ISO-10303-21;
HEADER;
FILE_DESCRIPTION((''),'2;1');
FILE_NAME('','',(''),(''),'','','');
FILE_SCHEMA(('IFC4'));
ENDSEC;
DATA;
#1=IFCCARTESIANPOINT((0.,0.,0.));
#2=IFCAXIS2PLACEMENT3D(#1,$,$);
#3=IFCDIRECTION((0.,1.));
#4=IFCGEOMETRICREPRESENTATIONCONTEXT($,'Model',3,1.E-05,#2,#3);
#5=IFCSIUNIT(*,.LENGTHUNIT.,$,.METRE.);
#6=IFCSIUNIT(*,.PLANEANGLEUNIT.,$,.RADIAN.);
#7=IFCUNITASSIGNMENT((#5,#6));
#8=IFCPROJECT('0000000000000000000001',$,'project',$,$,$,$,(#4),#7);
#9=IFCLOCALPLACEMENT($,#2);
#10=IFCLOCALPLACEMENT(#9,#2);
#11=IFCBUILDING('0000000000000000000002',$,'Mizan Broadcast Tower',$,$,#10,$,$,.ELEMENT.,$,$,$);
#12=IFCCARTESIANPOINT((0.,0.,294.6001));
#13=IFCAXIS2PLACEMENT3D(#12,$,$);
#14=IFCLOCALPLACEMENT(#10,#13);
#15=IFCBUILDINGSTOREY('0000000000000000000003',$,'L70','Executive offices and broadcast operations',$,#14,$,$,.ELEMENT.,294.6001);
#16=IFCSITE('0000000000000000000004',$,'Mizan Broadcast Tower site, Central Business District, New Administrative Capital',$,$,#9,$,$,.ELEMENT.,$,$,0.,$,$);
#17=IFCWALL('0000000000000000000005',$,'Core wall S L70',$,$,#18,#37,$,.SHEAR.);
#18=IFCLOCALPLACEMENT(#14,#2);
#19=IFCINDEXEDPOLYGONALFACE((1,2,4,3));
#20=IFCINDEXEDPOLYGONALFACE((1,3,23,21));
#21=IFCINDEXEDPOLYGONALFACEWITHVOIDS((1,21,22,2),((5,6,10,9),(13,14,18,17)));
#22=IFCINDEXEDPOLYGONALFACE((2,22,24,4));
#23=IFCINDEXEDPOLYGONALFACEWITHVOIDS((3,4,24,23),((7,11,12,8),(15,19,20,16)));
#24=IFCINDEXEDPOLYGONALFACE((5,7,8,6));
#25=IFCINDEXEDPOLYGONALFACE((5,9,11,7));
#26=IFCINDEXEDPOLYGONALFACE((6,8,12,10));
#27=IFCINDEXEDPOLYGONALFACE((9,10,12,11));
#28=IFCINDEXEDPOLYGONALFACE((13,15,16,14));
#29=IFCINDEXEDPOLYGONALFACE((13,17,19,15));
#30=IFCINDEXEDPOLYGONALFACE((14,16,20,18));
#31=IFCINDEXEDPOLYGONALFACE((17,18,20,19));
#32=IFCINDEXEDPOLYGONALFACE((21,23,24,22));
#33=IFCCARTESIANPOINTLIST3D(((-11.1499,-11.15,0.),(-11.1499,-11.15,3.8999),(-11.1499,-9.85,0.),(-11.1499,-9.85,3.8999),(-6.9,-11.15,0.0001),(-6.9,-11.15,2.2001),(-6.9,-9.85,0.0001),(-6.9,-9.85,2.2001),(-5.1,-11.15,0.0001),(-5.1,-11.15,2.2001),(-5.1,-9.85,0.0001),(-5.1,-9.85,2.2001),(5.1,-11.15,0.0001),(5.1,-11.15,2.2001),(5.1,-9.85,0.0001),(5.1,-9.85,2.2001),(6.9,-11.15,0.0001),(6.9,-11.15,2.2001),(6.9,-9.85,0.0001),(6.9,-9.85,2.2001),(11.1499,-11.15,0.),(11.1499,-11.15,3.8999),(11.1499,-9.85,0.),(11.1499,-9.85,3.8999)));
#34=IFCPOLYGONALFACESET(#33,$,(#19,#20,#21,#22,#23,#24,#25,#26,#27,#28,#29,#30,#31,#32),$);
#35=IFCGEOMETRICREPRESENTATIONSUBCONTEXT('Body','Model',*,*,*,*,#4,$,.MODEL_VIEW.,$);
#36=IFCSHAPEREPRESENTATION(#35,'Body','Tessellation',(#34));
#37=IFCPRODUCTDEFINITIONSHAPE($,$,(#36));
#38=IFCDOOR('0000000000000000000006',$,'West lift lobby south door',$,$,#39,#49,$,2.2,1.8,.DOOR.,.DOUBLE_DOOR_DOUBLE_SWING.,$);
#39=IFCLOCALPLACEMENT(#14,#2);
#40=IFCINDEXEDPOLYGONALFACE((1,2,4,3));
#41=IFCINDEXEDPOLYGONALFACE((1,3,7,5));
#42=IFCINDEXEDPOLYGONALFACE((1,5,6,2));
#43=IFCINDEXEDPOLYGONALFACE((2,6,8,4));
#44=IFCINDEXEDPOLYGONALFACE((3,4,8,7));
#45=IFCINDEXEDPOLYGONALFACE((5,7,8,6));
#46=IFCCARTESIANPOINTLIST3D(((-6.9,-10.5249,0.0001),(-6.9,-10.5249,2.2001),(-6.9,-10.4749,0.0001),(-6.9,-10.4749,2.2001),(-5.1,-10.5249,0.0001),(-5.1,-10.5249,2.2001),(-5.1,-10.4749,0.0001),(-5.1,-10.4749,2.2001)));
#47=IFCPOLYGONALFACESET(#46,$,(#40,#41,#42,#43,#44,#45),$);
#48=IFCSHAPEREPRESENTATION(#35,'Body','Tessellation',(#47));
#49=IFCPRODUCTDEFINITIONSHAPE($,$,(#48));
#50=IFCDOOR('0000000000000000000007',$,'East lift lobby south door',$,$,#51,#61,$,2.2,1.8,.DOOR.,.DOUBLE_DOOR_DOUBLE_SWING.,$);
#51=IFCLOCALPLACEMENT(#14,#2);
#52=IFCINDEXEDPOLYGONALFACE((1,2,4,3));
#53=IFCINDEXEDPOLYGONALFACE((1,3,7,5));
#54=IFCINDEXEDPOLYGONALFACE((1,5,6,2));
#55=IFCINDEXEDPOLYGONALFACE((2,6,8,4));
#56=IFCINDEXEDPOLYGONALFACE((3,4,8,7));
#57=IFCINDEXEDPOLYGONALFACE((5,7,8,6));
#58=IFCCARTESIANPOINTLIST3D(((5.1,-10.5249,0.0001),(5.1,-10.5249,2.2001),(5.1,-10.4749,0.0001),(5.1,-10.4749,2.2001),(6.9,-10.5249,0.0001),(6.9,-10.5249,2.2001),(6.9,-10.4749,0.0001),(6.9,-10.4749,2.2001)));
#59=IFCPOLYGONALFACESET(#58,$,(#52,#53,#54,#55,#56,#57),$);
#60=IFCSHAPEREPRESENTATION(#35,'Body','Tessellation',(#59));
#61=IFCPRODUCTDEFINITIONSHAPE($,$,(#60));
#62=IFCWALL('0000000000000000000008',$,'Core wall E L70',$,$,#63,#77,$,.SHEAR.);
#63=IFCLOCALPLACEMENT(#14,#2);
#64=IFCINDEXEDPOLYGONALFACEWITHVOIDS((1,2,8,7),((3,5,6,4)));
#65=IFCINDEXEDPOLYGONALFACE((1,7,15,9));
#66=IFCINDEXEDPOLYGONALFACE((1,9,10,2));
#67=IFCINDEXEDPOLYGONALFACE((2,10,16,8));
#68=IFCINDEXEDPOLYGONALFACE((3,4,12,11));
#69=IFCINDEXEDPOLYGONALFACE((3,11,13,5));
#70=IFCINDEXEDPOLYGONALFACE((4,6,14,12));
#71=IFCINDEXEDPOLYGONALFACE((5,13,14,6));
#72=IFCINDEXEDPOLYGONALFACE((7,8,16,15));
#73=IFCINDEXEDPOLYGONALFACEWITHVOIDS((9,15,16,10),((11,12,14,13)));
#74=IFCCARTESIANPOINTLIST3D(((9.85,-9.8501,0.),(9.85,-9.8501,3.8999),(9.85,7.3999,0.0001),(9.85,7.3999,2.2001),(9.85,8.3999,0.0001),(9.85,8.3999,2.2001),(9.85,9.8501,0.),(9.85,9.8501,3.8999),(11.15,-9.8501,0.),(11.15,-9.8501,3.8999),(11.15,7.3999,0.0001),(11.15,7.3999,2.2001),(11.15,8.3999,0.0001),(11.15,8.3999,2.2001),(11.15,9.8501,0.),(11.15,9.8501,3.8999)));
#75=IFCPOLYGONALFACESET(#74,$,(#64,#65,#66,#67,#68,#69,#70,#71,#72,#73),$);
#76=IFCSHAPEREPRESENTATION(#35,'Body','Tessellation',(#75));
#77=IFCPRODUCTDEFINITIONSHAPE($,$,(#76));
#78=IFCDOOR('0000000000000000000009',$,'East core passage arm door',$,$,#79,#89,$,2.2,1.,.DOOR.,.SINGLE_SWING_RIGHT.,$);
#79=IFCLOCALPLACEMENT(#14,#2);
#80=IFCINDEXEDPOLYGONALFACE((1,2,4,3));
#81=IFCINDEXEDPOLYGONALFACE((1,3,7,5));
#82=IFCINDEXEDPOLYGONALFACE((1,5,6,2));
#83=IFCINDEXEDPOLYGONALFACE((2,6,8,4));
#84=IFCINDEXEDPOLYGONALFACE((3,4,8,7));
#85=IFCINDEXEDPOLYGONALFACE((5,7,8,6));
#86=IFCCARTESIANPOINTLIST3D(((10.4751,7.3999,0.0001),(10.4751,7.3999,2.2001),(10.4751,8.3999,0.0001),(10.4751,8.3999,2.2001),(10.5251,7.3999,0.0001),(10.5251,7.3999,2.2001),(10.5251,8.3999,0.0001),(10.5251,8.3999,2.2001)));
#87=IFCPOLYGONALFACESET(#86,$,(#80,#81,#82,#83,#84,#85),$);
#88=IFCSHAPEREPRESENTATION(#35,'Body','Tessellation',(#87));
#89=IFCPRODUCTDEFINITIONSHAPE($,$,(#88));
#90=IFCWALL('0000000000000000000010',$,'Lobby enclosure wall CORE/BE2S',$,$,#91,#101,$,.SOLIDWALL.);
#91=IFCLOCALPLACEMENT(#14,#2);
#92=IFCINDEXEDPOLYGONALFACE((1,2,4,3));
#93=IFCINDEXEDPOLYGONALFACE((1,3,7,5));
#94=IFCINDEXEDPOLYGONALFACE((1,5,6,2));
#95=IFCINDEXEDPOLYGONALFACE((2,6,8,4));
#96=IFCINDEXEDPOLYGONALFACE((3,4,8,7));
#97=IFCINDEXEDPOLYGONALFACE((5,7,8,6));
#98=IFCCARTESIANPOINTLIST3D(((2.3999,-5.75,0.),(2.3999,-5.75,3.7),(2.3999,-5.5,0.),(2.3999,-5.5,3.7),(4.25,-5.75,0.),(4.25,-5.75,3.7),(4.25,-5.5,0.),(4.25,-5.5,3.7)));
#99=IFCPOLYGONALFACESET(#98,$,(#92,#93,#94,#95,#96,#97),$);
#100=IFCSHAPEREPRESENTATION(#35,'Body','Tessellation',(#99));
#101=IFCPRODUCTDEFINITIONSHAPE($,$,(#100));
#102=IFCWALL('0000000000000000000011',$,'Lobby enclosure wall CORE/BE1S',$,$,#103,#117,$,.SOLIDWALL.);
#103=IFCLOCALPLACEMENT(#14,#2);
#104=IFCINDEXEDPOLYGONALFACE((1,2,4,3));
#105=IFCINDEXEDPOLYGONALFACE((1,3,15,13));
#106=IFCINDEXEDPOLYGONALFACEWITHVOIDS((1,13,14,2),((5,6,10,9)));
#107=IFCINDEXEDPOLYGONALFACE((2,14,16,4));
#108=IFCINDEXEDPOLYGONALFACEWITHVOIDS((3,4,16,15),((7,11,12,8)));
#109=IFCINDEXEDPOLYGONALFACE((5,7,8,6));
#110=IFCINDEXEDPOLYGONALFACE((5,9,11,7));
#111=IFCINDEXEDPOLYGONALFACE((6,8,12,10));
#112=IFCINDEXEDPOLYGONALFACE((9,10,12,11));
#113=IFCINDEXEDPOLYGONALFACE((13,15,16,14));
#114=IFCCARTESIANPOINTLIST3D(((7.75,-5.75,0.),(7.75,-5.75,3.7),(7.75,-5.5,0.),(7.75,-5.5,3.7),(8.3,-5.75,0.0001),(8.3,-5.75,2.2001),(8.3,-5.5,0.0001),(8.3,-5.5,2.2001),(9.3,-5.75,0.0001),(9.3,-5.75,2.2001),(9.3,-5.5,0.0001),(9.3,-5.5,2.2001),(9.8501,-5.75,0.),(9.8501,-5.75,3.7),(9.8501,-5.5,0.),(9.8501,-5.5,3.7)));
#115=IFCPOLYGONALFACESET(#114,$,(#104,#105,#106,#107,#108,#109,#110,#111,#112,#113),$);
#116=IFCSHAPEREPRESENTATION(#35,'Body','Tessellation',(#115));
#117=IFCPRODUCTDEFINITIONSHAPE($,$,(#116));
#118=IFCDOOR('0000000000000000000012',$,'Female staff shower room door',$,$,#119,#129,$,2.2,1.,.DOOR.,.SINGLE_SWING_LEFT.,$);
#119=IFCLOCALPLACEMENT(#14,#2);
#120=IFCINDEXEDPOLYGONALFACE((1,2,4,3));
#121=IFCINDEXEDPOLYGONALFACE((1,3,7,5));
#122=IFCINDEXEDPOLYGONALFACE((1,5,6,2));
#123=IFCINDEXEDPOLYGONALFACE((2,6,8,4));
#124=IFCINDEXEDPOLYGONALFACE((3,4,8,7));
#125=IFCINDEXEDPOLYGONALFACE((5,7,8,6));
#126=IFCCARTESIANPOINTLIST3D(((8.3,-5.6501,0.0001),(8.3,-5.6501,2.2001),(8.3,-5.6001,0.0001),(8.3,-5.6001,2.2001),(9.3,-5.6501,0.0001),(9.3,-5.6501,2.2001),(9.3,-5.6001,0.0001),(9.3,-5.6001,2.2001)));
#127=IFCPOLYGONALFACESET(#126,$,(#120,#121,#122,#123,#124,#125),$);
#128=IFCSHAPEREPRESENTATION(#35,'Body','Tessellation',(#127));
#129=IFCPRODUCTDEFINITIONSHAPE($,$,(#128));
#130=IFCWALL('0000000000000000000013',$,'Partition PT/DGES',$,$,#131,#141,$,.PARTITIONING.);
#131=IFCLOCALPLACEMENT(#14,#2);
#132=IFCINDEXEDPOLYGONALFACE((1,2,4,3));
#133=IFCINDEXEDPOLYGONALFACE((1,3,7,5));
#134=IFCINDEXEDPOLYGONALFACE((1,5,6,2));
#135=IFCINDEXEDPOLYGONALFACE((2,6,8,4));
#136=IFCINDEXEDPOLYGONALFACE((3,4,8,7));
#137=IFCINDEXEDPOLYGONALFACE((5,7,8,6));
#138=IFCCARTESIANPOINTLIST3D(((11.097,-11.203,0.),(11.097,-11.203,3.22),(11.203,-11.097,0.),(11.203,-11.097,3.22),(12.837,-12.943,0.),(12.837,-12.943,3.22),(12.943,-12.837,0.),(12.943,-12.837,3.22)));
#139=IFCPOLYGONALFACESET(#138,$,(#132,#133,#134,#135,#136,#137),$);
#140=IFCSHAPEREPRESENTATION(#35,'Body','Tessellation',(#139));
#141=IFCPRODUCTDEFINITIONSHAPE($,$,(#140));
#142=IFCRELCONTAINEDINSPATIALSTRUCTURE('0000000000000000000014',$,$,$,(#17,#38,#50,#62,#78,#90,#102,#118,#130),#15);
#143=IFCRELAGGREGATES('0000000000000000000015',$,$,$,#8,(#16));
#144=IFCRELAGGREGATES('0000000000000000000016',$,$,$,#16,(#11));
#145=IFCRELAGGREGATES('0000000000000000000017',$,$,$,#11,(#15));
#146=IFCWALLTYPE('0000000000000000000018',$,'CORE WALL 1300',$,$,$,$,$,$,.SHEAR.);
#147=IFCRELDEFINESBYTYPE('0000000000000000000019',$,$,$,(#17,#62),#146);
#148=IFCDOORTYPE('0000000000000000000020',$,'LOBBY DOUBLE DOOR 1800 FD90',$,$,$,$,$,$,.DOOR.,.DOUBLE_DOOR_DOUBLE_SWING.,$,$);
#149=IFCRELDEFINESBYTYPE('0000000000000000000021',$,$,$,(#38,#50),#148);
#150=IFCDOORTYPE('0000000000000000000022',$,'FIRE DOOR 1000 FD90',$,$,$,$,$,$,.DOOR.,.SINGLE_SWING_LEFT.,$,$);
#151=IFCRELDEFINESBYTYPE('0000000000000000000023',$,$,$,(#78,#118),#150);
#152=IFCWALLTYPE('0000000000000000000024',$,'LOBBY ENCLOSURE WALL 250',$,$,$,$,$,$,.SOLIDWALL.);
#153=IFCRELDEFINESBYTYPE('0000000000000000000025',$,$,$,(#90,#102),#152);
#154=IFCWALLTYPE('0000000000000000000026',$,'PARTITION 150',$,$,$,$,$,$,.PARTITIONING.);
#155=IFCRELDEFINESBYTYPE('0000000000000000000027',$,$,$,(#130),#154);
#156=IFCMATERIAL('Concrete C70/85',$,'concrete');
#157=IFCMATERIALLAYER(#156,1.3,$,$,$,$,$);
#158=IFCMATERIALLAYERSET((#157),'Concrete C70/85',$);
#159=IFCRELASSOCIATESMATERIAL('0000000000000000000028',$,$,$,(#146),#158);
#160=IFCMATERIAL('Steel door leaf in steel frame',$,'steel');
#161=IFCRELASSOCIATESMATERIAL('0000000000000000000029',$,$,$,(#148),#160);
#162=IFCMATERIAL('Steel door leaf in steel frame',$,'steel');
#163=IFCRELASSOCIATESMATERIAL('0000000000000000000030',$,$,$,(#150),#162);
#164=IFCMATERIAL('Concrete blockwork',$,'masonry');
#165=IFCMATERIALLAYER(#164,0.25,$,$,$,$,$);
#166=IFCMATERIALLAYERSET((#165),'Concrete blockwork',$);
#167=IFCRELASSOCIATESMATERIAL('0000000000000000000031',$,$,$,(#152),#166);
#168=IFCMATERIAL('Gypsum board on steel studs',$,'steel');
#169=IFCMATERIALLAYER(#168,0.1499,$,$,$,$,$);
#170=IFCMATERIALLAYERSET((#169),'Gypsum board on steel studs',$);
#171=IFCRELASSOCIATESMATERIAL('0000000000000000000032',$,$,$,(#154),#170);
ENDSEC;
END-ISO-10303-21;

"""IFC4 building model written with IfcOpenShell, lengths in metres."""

from ifc_helpers import new_model, si_unit, direction, frame, frame_2d, origin, place, context, subcontext, project, spatial, rectangle, extrude, material, layer, layer_set, type_object, element, fill, save


model = new_model("IFC4")

# Units and contexts
model_context = context("Model", 3, precision=1e-05, world=origin(), true_north=direction((0.0, 1.0)))
body_context = subcontext(model_context, "Body", "Model", "MODEL_VIEW")
ifc_project = project(units=[si_unit("LENGTHUNIT", "METRE"), si_unit("PLANEANGLEUNIT", "RADIAN")], contexts=[model_context])

# Site, building, storey
site_placement = place(None, origin())
site = spatial("IfcSite", under=ifc_project, at=site_placement, Name="Mizan Broadcast Tower site, Central Business District, New Administrative Capital", CompositionType="ELEMENT", RefElevation=0.0)
building_placement = place(site_placement, origin())
building = spatial("IfcBuilding", under=site, at=building_placement, Name="Mizan Broadcast Tower", CompositionType="ELEMENT")
storey_placement = place(building_placement, frame((0.0, 0.0, 294.6001)))
storey = spatial("IfcBuildingStorey", under=building, at=storey_placement, Name="L70", Description="Executive offices and broadcast operations", CompositionType="ELEMENT", Elevation=294.6001)

# Wall, openings, doors
ifc_material_1 = material(Name="Concrete C70/85", Category="concrete")
ifc_layer_1 = layer(ifc_material_1, 1.3)
ifc_layer_set_1 = layer_set([ifc_layer_1], Name="Concrete C70/85")
wall_type_1 = type_object("IfcWallType", Name="CORE WALL 1300", PredefinedType="SHEAR", material=ifc_layer_set_1)
wall_1_placement = place(storey_placement, frame((11.1499, -10.5, 0.0), z_axis=(0.0, 0.0, 1.0), x_axis=(-1.0, 0.0, 0.0)))
wall_1 = element("IfcWall", 1, at=wall_1_placement, inside=storey, type_object=wall_type_1, Name="Core wall S L70", PredefinedType="SHEAR", context=body_context, shape_type="SweptSolid", body=[
    extrude(rectangle(XDim=22.2998, YDim=1.3, at=frame_2d((11.1499, 0.0))), origin(), (0.0, 0.0, 1.0), 3.8999),
])
opening_1_placement = place(wall_1_placement, frame((16.25, 0.0, 0.0)))
opening_1 = element("IfcOpeningElement", 2, at=opening_1_placement, cuts=wall_1, PredefinedType="OPENING", context=body_context, shape_type="SweptSolid", body=[
    extrude(rectangle(XDim=1.8, YDim=2.2, at=frame_2d((0.8999, 1.1001))), frame((0.0, 0.6599, 0.0), z_axis=(0.0, -1.0, 0.0), x_axis=(1.0, 0.0, 0.0)), (0.0, 0.0, 1.0), 1.3201),
])
opening_2_placement = place(wall_1_placement, frame((4.25, 0.0, 0.0)))
opening_2 = element("IfcOpeningElement", 3, at=opening_2_placement, cuts=wall_1, PredefinedType="OPENING", context=body_context, shape_type="SweptSolid", body=[
    extrude(rectangle(XDim=1.8, YDim=2.2, at=frame_2d((0.8999, 1.1001))), frame((0.0, 0.6599, 0.0), z_axis=(0.0, -1.0, 0.0), x_axis=(1.0, 0.0, 0.0)), (0.0, 0.0, 1.0), 1.3201),
])
ifc_material_2 = material(Name="Steel door leaf in steel frame", Category="steel")
door_type_1 = type_object("IfcDoorType", Name="LOBBY DOUBLE DOOR 1800 FD90", OperationType="DOUBLE_DOOR_DOUBLE_SWING", PredefinedType="DOOR", material=ifc_material_2)
door_1_placement = place(opening_1_placement, origin())
door_1 = element("IfcDoor", 4, at=door_1_placement, inside=storey, type_object=door_type_1, Name="West lift lobby south door", OperationType="DOUBLE_DOOR_DOUBLE_SWING", OverallHeight=2.2, OverallWidth=1.8, PredefinedType="DOOR", context=body_context, shape_type="SweptSolid", body=[
    extrude(rectangle(XDim=1.8, YDim=2.2, at=frame_2d((0.8999, 1.1001))), frame((0.0, 0.0249, 0.0), z_axis=(0.0, -1.0, 0.0), x_axis=(1.0, 0.0, 0.0)), (0.0, 0.0, 1.0), 0.05),
])
fill(opening_1, door_1)
door_2_placement = place(opening_2_placement, origin())
door_2 = element("IfcDoor", 5, at=door_2_placement, inside=storey, type_object=door_type_1, Name="East lift lobby south door", OperationType="DOUBLE_DOOR_DOUBLE_SWING", OverallHeight=2.2, OverallWidth=1.8, PredefinedType="DOOR", context=body_context, shape_type="SweptSolid", body=[
    extrude(rectangle(XDim=1.8, YDim=2.2, at=frame_2d((0.8999, 1.1001))), frame((0.0, 0.0249, 0.0), z_axis=(0.0, -1.0, 0.0), x_axis=(1.0, 0.0, 0.0)), (0.0, 0.0, 1.0), 0.05),
])
fill(opening_2, door_2)

# Wall, opening, door
wall_2_placement = place(storey_placement, frame((10.5, -9.8501, 0.0), z_axis=(0.0, 0.0, 1.0), x_axis=(0.0, 1.0, 0.0)))
wall_2 = element("IfcWall", 6, at=wall_2_placement, inside=storey, type_object=wall_type_1, Name="Core wall E L70", PredefinedType="SHEAR", context=body_context, shape_type="SweptSolid", body=[
    extrude(rectangle(XDim=19.7002, YDim=1.3, at=frame_2d((9.8501, 0.0))), origin(), (0.0, 0.0, 1.0), 3.8999),
])
opening_3_placement = place(wall_2_placement, frame((17.25, 0.0, 0.0)))
opening_3 = element("IfcOpeningElement", 7, at=opening_3_placement, cuts=wall_2, PredefinedType="OPENING", context=body_context, shape_type="SweptSolid", body=[
    extrude(rectangle(XDim=1.0, YDim=2.2, at=frame_2d((0.5, 1.1001))), frame((0.0, 0.6599, 0.0), z_axis=(0.0, -1.0, 0.0), x_axis=(1.0, 0.0, 0.0)), (0.0, 0.0, 1.0), 1.3201),
])
ifc_material_3 = material(Name="Steel door leaf in steel frame", Category="steel")
door_type_2 = type_object("IfcDoorType", Name="FIRE DOOR 1000 FD90", OperationType="SINGLE_SWING_LEFT", PredefinedType="DOOR", material=ifc_material_3)
door_3_placement = place(opening_3_placement, origin())
door_3 = element("IfcDoor", 8, at=door_3_placement, inside=storey, type_object=door_type_2, Name="East core passage arm door", OperationType="SINGLE_SWING_RIGHT", OverallHeight=2.2, OverallWidth=1.0, PredefinedType="DOOR", context=body_context, shape_type="SweptSolid", body=[
    extrude(rectangle(XDim=1.0, YDim=2.2, at=frame_2d((0.5, 1.1001))), frame((0.0, 0.0249, 0.0), z_axis=(0.0, -1.0, 0.0), x_axis=(1.0, 0.0, 0.0)), (0.0, 0.0, 1.0), 0.05),
])
fill(opening_3, door_3)

# Wall
ifc_material_4 = material(Name="Concrete blockwork", Category="masonry")
ifc_layer_2 = layer(ifc_material_4, 0.25)
ifc_layer_set_2 = layer_set([ifc_layer_2], Name="Concrete blockwork")
wall_type_2 = type_object("IfcWallType", Name="LOBBY ENCLOSURE WALL 250", PredefinedType="SOLIDWALL", material=ifc_layer_set_2)
wall_3_placement = place(storey_placement, frame((2.3999, -5.625, 0.0), z_axis=(0.0, 0.0, 1.0), x_axis=(1.0, 0.0, 0.0)))
element("IfcWall", 9, at=wall_3_placement, inside=storey, type_object=wall_type_2, Name="Lobby enclosure wall CORE/BE2S", PredefinedType="SOLIDWALL", context=body_context, shape_type="SweptSolid", body=[
    extrude(rectangle(XDim=1.8501, YDim=0.25, at=frame_2d((0.925, 0.0))), origin(), (0.0, 0.0, 1.0), 3.7),
])

# Wall, opening, door
wall_4_placement = place(storey_placement, frame((7.75, -5.625, 0.0), z_axis=(0.0, 0.0, 1.0), x_axis=(1.0, 0.0, 0.0)))
wall_4 = element("IfcWall", 10, at=wall_4_placement, inside=storey, type_object=wall_type_2, Name="Lobby enclosure wall CORE/BE1S", PredefinedType="SOLIDWALL", context=body_context, shape_type="SweptSolid", body=[
    extrude(rectangle(XDim=2.1001, YDim=0.25, at=frame_2d((1.05, 0.0))), origin(), (0.0, 0.0, 1.0), 3.7),
])
opening_4_placement = place(wall_4_placement, frame((0.55, 0.0, 0.0)))
opening_4 = element("IfcOpeningElement", 11, at=opening_4_placement, cuts=wall_4, PredefinedType="OPENING", context=body_context, shape_type="SweptSolid", body=[
    extrude(rectangle(XDim=1.0, YDim=2.2, at=frame_2d((0.5, 1.1001))), frame((0.0, 0.135, 0.0), z_axis=(0.0, -1.0, 0.0), x_axis=(1.0, 0.0, 0.0)), (0.0, 0.0, 1.0), 0.27),
])
door_4_placement = place(opening_4_placement, origin())
door_4 = element("IfcDoor", 12, at=door_4_placement, inside=storey, type_object=door_type_2, Name="Female staff shower room door", OperationType="SINGLE_SWING_LEFT", OverallHeight=2.2, OverallWidth=1.0, PredefinedType="DOOR", context=body_context, shape_type="SweptSolid", body=[
    extrude(rectangle(XDim=1.0, YDim=2.2, at=frame_2d((0.5, 1.1001))), frame((0.0, 0.0249, 0.0), z_axis=(0.0, -1.0, 0.0), x_axis=(1.0, 0.0, 0.0)), (0.0, 0.0, 1.0), 0.05),
])
fill(opening_4, door_4)

# Wall
ifc_material_5 = material(Name="Gypsum board on steel studs", Category="steel")
ifc_layer_3 = layer(ifc_material_5, 0.1499)
ifc_layer_set_3 = layer_set([ifc_layer_3], Name="Gypsum board on steel studs")
wall_type_3 = type_object("IfcWallType", Name="PARTITION 150", PredefinedType="PARTITIONING", material=ifc_layer_set_3)
wall_5_placement = place(storey_placement, frame((11.1499, -11.1499, 0.0), z_axis=(0.0, 0.0, 1.0), x_axis=(0.707107, -0.707107, 0.0)))
element("IfcWall", 13, at=wall_5_placement, inside=storey, type_object=wall_type_3, Name="Partition PT/DGES", PredefinedType="PARTITIONING", context=body_context, shape_type="SweptSolid", body=[
    extrude(rectangle(XDim=2.4607, YDim=0.1499, at=frame_2d((1.2305, 0.0))), origin(), (0.0, 0.0, 1.0), 3.22),
])

save(model, "model.ifc")
